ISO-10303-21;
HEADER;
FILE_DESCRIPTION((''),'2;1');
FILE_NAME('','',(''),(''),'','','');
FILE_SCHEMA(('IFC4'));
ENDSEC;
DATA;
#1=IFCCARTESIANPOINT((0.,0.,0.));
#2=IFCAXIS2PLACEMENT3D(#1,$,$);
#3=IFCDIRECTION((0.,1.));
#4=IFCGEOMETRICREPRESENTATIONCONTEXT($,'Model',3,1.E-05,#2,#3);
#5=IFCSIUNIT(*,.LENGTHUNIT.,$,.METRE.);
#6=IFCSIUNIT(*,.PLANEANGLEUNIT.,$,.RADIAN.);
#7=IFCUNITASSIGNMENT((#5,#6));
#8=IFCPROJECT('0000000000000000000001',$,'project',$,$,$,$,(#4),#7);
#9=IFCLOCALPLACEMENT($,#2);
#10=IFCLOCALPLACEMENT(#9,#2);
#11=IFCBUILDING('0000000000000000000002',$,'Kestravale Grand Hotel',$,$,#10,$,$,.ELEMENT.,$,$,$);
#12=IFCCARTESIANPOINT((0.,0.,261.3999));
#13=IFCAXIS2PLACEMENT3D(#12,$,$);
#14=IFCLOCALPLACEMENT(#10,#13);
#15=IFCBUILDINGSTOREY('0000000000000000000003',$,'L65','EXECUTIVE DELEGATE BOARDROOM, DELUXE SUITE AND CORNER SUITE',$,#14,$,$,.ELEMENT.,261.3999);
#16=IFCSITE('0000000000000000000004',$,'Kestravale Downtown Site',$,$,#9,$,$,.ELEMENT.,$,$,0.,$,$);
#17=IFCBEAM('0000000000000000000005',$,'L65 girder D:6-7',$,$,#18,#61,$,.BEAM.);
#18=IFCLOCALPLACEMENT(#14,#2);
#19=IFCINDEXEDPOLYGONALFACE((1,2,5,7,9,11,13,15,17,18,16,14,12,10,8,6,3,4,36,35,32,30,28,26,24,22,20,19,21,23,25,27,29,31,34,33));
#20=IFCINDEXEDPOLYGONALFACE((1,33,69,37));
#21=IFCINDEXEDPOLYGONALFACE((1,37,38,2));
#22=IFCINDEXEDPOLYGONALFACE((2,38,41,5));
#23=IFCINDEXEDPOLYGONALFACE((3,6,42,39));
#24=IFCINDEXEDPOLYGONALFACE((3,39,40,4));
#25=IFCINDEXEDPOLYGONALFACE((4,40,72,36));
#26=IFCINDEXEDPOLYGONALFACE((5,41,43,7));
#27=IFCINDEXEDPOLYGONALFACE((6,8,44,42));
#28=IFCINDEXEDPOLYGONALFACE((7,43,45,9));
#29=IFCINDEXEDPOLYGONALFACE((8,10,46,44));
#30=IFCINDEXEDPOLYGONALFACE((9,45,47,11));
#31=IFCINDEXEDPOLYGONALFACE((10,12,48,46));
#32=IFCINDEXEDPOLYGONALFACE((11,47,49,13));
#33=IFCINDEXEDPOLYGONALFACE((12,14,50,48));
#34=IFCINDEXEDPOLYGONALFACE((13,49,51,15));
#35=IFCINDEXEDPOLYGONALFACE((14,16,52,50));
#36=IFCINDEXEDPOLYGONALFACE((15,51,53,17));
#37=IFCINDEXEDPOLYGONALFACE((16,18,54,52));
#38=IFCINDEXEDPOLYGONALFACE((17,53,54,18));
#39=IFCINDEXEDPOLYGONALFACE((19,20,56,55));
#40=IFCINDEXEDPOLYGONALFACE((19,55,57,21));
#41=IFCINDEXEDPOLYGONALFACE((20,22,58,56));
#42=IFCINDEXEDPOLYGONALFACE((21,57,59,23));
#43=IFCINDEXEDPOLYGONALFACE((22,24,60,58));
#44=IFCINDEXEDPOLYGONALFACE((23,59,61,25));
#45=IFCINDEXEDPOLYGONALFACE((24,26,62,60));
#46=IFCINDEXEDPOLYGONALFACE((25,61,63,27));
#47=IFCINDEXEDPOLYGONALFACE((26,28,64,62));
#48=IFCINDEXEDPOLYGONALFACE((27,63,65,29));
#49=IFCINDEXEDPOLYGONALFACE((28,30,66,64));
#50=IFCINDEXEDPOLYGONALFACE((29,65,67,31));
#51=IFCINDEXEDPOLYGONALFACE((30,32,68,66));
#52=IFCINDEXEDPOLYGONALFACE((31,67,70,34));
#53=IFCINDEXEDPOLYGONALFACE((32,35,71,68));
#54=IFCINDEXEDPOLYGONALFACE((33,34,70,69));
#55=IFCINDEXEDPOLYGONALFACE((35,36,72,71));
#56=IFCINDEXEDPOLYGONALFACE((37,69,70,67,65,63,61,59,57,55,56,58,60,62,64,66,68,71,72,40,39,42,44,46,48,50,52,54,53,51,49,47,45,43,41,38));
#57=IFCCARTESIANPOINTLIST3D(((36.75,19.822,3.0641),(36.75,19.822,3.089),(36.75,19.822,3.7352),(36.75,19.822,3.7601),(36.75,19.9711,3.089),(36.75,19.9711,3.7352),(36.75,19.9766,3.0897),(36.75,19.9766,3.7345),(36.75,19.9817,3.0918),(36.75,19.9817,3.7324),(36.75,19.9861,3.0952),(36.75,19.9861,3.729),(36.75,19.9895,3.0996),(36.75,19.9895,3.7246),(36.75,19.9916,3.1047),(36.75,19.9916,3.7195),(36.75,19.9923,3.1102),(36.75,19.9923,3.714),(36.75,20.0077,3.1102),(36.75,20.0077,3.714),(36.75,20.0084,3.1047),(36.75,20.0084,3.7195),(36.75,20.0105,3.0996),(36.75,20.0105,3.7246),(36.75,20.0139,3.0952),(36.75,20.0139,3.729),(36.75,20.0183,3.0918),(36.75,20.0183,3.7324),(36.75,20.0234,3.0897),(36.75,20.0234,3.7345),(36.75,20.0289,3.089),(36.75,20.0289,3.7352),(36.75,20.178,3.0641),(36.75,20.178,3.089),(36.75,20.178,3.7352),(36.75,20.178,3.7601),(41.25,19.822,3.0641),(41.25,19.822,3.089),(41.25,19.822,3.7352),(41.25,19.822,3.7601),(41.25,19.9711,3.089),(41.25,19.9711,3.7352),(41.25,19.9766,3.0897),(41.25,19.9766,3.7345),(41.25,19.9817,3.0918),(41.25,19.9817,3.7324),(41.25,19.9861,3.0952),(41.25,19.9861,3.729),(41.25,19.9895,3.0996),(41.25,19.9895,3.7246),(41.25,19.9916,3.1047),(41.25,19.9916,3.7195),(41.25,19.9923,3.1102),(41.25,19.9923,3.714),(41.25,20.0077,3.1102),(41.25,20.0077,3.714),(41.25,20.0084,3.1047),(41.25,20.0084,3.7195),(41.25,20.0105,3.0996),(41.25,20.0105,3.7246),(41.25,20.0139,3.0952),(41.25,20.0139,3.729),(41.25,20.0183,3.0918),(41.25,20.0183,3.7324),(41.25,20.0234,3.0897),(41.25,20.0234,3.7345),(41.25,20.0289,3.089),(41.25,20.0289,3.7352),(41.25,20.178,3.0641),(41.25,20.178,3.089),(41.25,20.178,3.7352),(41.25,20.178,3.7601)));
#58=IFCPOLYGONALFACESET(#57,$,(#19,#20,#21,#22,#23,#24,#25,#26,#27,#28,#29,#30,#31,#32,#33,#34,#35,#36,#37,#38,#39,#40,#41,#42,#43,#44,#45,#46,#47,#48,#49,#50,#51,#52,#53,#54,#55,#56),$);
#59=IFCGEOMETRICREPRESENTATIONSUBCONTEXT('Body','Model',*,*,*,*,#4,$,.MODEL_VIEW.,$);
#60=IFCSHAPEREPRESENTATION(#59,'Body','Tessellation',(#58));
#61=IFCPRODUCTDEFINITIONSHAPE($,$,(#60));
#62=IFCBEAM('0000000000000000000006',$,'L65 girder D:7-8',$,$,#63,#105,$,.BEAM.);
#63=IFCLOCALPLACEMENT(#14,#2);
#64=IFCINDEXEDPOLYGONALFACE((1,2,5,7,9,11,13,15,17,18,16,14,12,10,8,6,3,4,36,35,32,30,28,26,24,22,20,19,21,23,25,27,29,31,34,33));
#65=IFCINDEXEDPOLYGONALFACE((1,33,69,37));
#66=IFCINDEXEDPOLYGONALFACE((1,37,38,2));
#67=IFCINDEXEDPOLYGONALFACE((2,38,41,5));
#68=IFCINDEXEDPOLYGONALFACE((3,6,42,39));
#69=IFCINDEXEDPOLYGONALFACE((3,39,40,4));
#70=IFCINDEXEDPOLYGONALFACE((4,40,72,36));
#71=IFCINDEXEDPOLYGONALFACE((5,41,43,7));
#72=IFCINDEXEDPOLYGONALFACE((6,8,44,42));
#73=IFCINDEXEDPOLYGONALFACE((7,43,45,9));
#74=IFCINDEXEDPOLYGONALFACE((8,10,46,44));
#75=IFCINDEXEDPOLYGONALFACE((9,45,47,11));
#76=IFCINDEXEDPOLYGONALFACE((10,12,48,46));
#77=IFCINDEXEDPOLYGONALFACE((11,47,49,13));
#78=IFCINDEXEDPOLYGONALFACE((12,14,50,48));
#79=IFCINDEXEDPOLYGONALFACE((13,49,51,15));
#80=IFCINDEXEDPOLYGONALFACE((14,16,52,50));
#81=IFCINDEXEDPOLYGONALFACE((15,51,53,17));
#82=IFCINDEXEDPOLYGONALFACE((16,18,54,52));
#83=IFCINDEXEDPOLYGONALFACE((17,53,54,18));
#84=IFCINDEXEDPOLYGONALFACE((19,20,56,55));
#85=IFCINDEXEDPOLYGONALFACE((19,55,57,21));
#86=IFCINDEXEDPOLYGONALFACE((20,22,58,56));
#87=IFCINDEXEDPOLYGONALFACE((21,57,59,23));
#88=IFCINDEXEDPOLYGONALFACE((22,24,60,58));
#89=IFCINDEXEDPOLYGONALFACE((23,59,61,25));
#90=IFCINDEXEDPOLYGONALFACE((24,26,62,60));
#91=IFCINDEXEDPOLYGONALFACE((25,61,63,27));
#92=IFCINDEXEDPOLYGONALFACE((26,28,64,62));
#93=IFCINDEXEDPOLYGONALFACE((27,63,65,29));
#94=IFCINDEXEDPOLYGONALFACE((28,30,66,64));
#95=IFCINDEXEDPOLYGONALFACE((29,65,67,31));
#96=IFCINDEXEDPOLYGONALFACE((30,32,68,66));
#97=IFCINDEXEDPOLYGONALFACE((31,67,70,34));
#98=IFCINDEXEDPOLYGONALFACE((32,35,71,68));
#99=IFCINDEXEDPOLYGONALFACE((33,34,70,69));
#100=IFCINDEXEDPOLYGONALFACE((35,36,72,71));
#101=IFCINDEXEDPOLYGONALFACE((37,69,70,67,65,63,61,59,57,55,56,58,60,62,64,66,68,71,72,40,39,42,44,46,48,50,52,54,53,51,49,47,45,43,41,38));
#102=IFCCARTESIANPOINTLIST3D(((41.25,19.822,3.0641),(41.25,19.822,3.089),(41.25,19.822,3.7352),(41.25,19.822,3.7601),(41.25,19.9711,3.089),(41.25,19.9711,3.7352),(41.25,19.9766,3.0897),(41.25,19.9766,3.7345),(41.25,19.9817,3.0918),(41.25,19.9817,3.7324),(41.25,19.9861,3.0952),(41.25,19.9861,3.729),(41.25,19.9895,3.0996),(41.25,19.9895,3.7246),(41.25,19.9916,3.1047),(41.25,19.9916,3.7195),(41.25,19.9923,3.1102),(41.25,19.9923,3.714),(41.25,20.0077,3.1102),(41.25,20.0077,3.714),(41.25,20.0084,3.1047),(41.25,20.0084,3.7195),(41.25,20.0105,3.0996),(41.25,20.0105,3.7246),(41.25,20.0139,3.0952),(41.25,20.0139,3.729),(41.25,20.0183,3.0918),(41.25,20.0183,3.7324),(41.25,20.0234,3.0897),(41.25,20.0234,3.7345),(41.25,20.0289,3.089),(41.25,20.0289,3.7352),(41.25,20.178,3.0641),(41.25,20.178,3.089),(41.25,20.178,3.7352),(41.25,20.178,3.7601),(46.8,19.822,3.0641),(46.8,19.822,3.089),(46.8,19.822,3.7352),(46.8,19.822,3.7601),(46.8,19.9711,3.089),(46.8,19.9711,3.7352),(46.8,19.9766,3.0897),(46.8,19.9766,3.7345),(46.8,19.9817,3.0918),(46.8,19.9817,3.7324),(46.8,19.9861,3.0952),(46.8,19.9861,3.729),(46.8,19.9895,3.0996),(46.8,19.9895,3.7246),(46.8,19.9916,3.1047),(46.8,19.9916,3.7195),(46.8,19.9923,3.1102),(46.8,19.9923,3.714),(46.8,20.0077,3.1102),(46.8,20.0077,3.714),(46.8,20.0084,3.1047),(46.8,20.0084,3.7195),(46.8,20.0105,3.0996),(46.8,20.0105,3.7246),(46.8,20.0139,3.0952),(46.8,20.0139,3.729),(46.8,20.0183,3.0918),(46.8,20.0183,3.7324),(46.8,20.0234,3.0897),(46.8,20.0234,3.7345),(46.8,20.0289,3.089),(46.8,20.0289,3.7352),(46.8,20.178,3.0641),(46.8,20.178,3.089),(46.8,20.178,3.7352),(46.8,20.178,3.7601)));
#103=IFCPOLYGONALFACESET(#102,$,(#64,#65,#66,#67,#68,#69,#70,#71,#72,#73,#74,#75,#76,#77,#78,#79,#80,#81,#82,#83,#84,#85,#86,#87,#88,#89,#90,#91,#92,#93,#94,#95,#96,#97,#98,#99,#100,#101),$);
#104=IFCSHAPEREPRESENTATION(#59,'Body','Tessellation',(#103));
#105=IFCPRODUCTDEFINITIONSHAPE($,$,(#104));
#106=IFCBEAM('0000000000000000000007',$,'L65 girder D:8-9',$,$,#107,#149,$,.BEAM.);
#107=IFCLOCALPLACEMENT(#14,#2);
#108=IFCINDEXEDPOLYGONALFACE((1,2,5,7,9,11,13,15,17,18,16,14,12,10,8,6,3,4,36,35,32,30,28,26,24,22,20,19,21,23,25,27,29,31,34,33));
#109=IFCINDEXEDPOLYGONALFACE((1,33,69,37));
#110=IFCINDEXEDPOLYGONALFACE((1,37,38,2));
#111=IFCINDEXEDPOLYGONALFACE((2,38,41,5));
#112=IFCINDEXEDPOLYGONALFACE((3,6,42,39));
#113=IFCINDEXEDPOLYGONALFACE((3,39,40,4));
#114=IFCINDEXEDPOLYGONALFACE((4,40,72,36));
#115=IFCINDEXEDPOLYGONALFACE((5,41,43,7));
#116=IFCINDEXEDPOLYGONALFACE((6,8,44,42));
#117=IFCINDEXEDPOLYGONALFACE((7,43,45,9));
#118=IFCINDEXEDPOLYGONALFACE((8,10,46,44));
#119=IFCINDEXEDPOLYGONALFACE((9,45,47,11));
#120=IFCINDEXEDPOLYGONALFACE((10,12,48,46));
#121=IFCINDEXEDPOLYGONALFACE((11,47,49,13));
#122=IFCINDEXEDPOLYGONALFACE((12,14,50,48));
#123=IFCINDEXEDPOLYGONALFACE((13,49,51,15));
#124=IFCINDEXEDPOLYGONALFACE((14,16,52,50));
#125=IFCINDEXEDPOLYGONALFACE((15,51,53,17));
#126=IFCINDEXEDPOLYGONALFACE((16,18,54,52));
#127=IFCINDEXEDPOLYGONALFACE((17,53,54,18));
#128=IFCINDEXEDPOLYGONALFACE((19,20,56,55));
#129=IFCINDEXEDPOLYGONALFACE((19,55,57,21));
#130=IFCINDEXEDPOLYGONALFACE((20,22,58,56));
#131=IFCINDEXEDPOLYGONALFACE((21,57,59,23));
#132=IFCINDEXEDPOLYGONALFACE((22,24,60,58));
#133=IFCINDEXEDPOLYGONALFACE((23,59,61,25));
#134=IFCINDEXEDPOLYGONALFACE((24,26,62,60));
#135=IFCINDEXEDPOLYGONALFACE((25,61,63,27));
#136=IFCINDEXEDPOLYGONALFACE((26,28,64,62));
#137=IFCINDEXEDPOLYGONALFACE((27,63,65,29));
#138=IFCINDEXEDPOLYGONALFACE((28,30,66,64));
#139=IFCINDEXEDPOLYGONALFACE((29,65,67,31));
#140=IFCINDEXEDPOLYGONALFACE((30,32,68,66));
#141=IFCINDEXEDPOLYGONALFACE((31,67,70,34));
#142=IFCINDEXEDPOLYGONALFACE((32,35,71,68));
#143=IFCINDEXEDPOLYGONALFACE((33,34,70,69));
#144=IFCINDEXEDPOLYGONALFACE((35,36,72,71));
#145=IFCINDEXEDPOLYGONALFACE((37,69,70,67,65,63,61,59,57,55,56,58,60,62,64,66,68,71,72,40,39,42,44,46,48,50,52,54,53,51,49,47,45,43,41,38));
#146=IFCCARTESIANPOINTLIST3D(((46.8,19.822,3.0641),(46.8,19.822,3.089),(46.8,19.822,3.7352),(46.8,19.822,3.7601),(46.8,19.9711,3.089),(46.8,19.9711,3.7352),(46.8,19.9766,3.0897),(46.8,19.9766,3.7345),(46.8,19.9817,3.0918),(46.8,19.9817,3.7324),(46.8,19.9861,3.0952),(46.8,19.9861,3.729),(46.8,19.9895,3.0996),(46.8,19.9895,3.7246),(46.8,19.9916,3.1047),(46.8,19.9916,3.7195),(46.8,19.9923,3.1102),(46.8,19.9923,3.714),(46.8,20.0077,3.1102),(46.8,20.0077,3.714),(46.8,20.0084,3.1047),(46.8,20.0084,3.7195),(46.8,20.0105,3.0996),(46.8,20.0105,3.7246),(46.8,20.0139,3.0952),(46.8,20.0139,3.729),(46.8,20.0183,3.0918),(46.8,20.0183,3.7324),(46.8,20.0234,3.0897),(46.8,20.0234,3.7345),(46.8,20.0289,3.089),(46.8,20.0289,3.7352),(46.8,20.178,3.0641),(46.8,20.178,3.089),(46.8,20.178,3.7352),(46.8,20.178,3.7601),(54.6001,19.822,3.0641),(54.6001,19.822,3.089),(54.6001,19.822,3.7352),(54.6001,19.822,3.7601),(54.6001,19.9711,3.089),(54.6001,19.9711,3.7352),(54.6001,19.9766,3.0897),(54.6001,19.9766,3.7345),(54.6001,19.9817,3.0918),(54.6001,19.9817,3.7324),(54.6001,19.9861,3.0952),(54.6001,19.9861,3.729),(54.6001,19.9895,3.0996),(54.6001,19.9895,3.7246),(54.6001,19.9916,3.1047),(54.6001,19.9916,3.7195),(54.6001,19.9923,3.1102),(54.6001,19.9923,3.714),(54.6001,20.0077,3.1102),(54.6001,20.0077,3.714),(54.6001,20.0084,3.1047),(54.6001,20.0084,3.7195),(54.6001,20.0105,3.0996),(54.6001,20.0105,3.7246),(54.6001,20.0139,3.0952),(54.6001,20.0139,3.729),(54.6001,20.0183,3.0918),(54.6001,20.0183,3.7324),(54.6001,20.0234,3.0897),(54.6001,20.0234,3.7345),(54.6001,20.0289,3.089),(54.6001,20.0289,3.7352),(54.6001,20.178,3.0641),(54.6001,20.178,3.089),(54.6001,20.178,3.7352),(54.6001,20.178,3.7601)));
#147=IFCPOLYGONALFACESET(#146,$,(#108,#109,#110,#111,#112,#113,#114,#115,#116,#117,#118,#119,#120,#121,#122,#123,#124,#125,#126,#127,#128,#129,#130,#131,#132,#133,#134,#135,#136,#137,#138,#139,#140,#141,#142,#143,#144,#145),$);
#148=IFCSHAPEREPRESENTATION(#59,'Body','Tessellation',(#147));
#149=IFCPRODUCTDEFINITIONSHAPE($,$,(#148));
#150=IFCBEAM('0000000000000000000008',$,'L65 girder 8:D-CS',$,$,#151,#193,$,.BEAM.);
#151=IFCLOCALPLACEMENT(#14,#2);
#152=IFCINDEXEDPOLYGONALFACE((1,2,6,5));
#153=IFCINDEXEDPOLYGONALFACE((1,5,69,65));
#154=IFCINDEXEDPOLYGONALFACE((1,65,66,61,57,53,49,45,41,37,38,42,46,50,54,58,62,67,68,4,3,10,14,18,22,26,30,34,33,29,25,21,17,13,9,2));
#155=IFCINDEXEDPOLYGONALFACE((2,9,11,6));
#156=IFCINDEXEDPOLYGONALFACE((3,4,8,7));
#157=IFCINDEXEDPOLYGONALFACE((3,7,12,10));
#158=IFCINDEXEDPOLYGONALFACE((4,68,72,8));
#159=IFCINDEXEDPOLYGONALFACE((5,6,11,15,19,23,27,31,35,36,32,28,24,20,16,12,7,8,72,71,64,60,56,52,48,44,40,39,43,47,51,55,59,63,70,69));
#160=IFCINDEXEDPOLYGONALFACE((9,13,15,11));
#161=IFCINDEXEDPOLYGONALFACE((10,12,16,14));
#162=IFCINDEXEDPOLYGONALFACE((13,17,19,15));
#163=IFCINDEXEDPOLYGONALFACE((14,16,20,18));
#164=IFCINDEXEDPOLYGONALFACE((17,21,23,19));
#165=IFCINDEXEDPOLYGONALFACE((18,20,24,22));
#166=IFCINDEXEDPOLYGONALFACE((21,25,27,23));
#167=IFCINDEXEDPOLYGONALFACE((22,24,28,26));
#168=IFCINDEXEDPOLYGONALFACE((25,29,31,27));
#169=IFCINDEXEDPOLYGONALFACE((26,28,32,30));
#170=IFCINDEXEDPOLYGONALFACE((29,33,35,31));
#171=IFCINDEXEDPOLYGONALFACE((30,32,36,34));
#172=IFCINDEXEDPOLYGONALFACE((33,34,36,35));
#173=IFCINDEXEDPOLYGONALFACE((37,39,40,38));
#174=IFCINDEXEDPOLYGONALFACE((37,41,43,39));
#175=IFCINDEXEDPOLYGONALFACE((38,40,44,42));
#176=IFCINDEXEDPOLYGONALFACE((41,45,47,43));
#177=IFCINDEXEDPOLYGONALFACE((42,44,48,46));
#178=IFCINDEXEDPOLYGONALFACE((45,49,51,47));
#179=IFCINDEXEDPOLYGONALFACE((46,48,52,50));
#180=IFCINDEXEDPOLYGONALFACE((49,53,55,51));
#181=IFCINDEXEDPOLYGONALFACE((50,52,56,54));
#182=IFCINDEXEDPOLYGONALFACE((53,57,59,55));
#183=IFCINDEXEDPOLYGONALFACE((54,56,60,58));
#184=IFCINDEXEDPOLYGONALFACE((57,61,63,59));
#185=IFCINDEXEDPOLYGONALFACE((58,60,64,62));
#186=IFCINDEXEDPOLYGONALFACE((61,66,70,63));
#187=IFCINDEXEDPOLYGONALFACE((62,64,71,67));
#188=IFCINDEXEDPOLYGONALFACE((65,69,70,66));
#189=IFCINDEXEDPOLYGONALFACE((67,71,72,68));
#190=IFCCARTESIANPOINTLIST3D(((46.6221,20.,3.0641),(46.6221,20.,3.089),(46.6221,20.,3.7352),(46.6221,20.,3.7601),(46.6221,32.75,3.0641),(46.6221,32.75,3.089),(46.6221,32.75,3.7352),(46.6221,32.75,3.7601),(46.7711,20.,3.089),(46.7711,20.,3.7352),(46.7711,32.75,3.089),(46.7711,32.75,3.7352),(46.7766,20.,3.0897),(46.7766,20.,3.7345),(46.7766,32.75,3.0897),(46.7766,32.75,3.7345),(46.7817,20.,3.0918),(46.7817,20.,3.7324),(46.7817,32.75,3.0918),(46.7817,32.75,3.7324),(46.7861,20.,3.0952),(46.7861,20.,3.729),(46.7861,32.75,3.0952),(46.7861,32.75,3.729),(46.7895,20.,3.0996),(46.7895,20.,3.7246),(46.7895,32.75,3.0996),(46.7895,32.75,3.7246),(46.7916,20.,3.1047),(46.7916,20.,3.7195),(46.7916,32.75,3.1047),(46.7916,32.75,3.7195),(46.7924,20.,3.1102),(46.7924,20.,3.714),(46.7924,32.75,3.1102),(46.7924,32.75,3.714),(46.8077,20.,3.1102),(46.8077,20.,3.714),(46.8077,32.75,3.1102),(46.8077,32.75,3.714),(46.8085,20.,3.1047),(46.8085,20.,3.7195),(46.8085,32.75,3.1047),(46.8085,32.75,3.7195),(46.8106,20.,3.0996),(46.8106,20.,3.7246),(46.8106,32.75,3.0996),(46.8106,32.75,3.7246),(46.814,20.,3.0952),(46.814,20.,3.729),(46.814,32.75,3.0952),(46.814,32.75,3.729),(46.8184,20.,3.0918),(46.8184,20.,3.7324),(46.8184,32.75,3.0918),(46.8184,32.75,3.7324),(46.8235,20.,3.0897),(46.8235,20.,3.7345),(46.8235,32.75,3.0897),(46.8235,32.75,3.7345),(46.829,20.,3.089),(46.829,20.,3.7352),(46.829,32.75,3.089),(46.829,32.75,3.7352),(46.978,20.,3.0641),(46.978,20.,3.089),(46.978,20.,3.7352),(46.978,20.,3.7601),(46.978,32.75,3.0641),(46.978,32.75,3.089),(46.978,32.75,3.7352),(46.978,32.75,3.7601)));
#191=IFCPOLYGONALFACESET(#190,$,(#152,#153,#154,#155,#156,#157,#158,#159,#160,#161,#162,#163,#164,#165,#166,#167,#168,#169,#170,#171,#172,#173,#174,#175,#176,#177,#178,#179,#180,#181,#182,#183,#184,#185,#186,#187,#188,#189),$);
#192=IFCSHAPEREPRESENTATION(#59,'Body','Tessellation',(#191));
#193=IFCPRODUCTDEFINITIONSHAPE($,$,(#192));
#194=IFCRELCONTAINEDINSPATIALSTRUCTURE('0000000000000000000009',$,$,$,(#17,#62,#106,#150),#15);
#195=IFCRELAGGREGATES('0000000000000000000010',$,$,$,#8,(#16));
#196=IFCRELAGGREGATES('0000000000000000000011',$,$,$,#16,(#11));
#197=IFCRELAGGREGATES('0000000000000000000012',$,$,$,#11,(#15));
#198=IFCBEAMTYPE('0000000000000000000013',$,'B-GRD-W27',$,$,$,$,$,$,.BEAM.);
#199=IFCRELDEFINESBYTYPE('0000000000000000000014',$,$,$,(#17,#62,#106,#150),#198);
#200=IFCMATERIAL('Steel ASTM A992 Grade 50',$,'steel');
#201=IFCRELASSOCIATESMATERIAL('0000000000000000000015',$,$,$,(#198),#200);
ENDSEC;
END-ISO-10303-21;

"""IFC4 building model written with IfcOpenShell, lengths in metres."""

from ifc_helpers import new_model, si_unit, direction, frame, origin, origin_2d, place, context, subcontext, project, spatial, i_section, extrude, material, material_profile, profile_set, type_object, element, save


model = new_model("IFC4")

# Units and contexts
model_context = context("Model", 3, precision=1e-05, world=origin(), true_north=direction((0.0, 1.0)))
body_context = subcontext(model_context, "Body", "Model", "MODEL_VIEW")
ifc_project = project(units=[si_unit("LENGTHUNIT", "METRE"), si_unit("PLANEANGLEUNIT", "RADIAN")], contexts=[model_context])

# Site, building, storey
site_placement = place(None, origin())
site = spatial("IfcSite", under=ifc_project, at=site_placement, Name="Kestravale Downtown Site", CompositionType="ELEMENT", RefElevation=0.0)
building_placement = place(site_placement, origin())
building = spatial("IfcBuilding", under=site, at=building_placement, Name="Kestravale Grand Hotel", CompositionType="ELEMENT")
storey_placement = place(building_placement, frame((0.0, 0.0, 261.3999)))
storey = spatial("IfcBuildingStorey", under=building, at=storey_placement, Name="L65", Description="EXECUTIVE DELEGATE BOARDROOM, DELUXE SUITE AND CORNER SUITE", CompositionType="ELEMENT", Elevation=261.3999)

# Beams
ifc_material_1 = material(Name="Steel ASTM A992 Grade 50", Category="steel")
ifc_material_profile_1 = material_profile(ifc_material_1, i_section(OverallWidth=0.356, OverallDepth=0.696, WebThickness=0.0154, FlangeThickness=0.0249, FilletRadius=0.0212, at=origin_2d()))
ifc_profile_set_1 = profile_set([ifc_material_profile_1], Name="Steel ASTM A992 Grade 50")
beam_type_1 = type_object("IfcBeamType", Name="B-GRD-W27", PredefinedType="BEAM", material=ifc_profile_set_1)
beam_1_placement = place(storey_placement, frame((36.75, 20.0, 3.4121), z_axis=(1.0, 0.0, 0.0), x_axis=(0.0, 1.0, 0.0)))
element("IfcBeam", 1, at=beam_1_placement, inside=storey, type_object=beam_type_1, Name="L65 girder D:6-7", PredefinedType="BEAM", context=body_context, shape_type="SweptSolid", body=[
    extrude(i_section(OverallWidth=0.356, OverallDepth=0.696, WebThickness=0.0154, FlangeThickness=0.0249, FilletRadius=0.0212, at=origin_2d()), origin(), (0.0, 0.0, 1.0), 4.5),
])
beam_2_placement = place(storey_placement, frame((41.25, 20.0, 3.4121), z_axis=(1.0, 0.0, 0.0), x_axis=(0.0, 1.0, 0.0)))
element("IfcBeam", 2, at=beam_2_placement, inside=storey, type_object=beam_type_1, Name="L65 girder D:7-8", PredefinedType="BEAM", context=body_context, shape_type="SweptSolid", body=[
    extrude(i_section(OverallWidth=0.356, OverallDepth=0.696, WebThickness=0.0154, FlangeThickness=0.0249, FilletRadius=0.0212, at=origin_2d()), origin(), (0.0, 0.0, 1.0), 5.55),
])
beam_3_placement = place(storey_placement, frame((46.8, 20.0, 3.4121), z_axis=(1.0, 0.0, 0.0), x_axis=(0.0, 1.0, 0.0)))
element("IfcBeam", 3, at=beam_3_placement, inside=storey, type_object=beam_type_1, Name="L65 girder D:8-9", PredefinedType="BEAM", context=body_context, shape_type="SweptSolid", body=[
    extrude(i_section(OverallWidth=0.356, OverallDepth=0.696, WebThickness=0.0154, FlangeThickness=0.0249, FilletRadius=0.0212, at=origin_2d()), origin(), (0.0, 0.0, 1.0), 7.8),
])
beam_4_placement = place(storey_placement, frame((46.8, 20.0, 3.4121), z_axis=(0.0, 1.0, 0.0), x_axis=(-1.0, 0.0, 0.0)))
element("IfcBeam", 4, at=beam_4_placement, inside=storey, type_object=beam_type_1, Name="L65 girder 8:D-CS", PredefinedType="BEAM", context=body_context, shape_type="SweptSolid", body=[
    extrude(i_section(OverallWidth=0.356, OverallDepth=0.696, WebThickness=0.0154, FlangeThickness=0.0249, FilletRadius=0.0212, at=origin_2d()), origin(), (0.0, 0.0, 1.0), 12.75),
])

save(model, "model.ifc")
